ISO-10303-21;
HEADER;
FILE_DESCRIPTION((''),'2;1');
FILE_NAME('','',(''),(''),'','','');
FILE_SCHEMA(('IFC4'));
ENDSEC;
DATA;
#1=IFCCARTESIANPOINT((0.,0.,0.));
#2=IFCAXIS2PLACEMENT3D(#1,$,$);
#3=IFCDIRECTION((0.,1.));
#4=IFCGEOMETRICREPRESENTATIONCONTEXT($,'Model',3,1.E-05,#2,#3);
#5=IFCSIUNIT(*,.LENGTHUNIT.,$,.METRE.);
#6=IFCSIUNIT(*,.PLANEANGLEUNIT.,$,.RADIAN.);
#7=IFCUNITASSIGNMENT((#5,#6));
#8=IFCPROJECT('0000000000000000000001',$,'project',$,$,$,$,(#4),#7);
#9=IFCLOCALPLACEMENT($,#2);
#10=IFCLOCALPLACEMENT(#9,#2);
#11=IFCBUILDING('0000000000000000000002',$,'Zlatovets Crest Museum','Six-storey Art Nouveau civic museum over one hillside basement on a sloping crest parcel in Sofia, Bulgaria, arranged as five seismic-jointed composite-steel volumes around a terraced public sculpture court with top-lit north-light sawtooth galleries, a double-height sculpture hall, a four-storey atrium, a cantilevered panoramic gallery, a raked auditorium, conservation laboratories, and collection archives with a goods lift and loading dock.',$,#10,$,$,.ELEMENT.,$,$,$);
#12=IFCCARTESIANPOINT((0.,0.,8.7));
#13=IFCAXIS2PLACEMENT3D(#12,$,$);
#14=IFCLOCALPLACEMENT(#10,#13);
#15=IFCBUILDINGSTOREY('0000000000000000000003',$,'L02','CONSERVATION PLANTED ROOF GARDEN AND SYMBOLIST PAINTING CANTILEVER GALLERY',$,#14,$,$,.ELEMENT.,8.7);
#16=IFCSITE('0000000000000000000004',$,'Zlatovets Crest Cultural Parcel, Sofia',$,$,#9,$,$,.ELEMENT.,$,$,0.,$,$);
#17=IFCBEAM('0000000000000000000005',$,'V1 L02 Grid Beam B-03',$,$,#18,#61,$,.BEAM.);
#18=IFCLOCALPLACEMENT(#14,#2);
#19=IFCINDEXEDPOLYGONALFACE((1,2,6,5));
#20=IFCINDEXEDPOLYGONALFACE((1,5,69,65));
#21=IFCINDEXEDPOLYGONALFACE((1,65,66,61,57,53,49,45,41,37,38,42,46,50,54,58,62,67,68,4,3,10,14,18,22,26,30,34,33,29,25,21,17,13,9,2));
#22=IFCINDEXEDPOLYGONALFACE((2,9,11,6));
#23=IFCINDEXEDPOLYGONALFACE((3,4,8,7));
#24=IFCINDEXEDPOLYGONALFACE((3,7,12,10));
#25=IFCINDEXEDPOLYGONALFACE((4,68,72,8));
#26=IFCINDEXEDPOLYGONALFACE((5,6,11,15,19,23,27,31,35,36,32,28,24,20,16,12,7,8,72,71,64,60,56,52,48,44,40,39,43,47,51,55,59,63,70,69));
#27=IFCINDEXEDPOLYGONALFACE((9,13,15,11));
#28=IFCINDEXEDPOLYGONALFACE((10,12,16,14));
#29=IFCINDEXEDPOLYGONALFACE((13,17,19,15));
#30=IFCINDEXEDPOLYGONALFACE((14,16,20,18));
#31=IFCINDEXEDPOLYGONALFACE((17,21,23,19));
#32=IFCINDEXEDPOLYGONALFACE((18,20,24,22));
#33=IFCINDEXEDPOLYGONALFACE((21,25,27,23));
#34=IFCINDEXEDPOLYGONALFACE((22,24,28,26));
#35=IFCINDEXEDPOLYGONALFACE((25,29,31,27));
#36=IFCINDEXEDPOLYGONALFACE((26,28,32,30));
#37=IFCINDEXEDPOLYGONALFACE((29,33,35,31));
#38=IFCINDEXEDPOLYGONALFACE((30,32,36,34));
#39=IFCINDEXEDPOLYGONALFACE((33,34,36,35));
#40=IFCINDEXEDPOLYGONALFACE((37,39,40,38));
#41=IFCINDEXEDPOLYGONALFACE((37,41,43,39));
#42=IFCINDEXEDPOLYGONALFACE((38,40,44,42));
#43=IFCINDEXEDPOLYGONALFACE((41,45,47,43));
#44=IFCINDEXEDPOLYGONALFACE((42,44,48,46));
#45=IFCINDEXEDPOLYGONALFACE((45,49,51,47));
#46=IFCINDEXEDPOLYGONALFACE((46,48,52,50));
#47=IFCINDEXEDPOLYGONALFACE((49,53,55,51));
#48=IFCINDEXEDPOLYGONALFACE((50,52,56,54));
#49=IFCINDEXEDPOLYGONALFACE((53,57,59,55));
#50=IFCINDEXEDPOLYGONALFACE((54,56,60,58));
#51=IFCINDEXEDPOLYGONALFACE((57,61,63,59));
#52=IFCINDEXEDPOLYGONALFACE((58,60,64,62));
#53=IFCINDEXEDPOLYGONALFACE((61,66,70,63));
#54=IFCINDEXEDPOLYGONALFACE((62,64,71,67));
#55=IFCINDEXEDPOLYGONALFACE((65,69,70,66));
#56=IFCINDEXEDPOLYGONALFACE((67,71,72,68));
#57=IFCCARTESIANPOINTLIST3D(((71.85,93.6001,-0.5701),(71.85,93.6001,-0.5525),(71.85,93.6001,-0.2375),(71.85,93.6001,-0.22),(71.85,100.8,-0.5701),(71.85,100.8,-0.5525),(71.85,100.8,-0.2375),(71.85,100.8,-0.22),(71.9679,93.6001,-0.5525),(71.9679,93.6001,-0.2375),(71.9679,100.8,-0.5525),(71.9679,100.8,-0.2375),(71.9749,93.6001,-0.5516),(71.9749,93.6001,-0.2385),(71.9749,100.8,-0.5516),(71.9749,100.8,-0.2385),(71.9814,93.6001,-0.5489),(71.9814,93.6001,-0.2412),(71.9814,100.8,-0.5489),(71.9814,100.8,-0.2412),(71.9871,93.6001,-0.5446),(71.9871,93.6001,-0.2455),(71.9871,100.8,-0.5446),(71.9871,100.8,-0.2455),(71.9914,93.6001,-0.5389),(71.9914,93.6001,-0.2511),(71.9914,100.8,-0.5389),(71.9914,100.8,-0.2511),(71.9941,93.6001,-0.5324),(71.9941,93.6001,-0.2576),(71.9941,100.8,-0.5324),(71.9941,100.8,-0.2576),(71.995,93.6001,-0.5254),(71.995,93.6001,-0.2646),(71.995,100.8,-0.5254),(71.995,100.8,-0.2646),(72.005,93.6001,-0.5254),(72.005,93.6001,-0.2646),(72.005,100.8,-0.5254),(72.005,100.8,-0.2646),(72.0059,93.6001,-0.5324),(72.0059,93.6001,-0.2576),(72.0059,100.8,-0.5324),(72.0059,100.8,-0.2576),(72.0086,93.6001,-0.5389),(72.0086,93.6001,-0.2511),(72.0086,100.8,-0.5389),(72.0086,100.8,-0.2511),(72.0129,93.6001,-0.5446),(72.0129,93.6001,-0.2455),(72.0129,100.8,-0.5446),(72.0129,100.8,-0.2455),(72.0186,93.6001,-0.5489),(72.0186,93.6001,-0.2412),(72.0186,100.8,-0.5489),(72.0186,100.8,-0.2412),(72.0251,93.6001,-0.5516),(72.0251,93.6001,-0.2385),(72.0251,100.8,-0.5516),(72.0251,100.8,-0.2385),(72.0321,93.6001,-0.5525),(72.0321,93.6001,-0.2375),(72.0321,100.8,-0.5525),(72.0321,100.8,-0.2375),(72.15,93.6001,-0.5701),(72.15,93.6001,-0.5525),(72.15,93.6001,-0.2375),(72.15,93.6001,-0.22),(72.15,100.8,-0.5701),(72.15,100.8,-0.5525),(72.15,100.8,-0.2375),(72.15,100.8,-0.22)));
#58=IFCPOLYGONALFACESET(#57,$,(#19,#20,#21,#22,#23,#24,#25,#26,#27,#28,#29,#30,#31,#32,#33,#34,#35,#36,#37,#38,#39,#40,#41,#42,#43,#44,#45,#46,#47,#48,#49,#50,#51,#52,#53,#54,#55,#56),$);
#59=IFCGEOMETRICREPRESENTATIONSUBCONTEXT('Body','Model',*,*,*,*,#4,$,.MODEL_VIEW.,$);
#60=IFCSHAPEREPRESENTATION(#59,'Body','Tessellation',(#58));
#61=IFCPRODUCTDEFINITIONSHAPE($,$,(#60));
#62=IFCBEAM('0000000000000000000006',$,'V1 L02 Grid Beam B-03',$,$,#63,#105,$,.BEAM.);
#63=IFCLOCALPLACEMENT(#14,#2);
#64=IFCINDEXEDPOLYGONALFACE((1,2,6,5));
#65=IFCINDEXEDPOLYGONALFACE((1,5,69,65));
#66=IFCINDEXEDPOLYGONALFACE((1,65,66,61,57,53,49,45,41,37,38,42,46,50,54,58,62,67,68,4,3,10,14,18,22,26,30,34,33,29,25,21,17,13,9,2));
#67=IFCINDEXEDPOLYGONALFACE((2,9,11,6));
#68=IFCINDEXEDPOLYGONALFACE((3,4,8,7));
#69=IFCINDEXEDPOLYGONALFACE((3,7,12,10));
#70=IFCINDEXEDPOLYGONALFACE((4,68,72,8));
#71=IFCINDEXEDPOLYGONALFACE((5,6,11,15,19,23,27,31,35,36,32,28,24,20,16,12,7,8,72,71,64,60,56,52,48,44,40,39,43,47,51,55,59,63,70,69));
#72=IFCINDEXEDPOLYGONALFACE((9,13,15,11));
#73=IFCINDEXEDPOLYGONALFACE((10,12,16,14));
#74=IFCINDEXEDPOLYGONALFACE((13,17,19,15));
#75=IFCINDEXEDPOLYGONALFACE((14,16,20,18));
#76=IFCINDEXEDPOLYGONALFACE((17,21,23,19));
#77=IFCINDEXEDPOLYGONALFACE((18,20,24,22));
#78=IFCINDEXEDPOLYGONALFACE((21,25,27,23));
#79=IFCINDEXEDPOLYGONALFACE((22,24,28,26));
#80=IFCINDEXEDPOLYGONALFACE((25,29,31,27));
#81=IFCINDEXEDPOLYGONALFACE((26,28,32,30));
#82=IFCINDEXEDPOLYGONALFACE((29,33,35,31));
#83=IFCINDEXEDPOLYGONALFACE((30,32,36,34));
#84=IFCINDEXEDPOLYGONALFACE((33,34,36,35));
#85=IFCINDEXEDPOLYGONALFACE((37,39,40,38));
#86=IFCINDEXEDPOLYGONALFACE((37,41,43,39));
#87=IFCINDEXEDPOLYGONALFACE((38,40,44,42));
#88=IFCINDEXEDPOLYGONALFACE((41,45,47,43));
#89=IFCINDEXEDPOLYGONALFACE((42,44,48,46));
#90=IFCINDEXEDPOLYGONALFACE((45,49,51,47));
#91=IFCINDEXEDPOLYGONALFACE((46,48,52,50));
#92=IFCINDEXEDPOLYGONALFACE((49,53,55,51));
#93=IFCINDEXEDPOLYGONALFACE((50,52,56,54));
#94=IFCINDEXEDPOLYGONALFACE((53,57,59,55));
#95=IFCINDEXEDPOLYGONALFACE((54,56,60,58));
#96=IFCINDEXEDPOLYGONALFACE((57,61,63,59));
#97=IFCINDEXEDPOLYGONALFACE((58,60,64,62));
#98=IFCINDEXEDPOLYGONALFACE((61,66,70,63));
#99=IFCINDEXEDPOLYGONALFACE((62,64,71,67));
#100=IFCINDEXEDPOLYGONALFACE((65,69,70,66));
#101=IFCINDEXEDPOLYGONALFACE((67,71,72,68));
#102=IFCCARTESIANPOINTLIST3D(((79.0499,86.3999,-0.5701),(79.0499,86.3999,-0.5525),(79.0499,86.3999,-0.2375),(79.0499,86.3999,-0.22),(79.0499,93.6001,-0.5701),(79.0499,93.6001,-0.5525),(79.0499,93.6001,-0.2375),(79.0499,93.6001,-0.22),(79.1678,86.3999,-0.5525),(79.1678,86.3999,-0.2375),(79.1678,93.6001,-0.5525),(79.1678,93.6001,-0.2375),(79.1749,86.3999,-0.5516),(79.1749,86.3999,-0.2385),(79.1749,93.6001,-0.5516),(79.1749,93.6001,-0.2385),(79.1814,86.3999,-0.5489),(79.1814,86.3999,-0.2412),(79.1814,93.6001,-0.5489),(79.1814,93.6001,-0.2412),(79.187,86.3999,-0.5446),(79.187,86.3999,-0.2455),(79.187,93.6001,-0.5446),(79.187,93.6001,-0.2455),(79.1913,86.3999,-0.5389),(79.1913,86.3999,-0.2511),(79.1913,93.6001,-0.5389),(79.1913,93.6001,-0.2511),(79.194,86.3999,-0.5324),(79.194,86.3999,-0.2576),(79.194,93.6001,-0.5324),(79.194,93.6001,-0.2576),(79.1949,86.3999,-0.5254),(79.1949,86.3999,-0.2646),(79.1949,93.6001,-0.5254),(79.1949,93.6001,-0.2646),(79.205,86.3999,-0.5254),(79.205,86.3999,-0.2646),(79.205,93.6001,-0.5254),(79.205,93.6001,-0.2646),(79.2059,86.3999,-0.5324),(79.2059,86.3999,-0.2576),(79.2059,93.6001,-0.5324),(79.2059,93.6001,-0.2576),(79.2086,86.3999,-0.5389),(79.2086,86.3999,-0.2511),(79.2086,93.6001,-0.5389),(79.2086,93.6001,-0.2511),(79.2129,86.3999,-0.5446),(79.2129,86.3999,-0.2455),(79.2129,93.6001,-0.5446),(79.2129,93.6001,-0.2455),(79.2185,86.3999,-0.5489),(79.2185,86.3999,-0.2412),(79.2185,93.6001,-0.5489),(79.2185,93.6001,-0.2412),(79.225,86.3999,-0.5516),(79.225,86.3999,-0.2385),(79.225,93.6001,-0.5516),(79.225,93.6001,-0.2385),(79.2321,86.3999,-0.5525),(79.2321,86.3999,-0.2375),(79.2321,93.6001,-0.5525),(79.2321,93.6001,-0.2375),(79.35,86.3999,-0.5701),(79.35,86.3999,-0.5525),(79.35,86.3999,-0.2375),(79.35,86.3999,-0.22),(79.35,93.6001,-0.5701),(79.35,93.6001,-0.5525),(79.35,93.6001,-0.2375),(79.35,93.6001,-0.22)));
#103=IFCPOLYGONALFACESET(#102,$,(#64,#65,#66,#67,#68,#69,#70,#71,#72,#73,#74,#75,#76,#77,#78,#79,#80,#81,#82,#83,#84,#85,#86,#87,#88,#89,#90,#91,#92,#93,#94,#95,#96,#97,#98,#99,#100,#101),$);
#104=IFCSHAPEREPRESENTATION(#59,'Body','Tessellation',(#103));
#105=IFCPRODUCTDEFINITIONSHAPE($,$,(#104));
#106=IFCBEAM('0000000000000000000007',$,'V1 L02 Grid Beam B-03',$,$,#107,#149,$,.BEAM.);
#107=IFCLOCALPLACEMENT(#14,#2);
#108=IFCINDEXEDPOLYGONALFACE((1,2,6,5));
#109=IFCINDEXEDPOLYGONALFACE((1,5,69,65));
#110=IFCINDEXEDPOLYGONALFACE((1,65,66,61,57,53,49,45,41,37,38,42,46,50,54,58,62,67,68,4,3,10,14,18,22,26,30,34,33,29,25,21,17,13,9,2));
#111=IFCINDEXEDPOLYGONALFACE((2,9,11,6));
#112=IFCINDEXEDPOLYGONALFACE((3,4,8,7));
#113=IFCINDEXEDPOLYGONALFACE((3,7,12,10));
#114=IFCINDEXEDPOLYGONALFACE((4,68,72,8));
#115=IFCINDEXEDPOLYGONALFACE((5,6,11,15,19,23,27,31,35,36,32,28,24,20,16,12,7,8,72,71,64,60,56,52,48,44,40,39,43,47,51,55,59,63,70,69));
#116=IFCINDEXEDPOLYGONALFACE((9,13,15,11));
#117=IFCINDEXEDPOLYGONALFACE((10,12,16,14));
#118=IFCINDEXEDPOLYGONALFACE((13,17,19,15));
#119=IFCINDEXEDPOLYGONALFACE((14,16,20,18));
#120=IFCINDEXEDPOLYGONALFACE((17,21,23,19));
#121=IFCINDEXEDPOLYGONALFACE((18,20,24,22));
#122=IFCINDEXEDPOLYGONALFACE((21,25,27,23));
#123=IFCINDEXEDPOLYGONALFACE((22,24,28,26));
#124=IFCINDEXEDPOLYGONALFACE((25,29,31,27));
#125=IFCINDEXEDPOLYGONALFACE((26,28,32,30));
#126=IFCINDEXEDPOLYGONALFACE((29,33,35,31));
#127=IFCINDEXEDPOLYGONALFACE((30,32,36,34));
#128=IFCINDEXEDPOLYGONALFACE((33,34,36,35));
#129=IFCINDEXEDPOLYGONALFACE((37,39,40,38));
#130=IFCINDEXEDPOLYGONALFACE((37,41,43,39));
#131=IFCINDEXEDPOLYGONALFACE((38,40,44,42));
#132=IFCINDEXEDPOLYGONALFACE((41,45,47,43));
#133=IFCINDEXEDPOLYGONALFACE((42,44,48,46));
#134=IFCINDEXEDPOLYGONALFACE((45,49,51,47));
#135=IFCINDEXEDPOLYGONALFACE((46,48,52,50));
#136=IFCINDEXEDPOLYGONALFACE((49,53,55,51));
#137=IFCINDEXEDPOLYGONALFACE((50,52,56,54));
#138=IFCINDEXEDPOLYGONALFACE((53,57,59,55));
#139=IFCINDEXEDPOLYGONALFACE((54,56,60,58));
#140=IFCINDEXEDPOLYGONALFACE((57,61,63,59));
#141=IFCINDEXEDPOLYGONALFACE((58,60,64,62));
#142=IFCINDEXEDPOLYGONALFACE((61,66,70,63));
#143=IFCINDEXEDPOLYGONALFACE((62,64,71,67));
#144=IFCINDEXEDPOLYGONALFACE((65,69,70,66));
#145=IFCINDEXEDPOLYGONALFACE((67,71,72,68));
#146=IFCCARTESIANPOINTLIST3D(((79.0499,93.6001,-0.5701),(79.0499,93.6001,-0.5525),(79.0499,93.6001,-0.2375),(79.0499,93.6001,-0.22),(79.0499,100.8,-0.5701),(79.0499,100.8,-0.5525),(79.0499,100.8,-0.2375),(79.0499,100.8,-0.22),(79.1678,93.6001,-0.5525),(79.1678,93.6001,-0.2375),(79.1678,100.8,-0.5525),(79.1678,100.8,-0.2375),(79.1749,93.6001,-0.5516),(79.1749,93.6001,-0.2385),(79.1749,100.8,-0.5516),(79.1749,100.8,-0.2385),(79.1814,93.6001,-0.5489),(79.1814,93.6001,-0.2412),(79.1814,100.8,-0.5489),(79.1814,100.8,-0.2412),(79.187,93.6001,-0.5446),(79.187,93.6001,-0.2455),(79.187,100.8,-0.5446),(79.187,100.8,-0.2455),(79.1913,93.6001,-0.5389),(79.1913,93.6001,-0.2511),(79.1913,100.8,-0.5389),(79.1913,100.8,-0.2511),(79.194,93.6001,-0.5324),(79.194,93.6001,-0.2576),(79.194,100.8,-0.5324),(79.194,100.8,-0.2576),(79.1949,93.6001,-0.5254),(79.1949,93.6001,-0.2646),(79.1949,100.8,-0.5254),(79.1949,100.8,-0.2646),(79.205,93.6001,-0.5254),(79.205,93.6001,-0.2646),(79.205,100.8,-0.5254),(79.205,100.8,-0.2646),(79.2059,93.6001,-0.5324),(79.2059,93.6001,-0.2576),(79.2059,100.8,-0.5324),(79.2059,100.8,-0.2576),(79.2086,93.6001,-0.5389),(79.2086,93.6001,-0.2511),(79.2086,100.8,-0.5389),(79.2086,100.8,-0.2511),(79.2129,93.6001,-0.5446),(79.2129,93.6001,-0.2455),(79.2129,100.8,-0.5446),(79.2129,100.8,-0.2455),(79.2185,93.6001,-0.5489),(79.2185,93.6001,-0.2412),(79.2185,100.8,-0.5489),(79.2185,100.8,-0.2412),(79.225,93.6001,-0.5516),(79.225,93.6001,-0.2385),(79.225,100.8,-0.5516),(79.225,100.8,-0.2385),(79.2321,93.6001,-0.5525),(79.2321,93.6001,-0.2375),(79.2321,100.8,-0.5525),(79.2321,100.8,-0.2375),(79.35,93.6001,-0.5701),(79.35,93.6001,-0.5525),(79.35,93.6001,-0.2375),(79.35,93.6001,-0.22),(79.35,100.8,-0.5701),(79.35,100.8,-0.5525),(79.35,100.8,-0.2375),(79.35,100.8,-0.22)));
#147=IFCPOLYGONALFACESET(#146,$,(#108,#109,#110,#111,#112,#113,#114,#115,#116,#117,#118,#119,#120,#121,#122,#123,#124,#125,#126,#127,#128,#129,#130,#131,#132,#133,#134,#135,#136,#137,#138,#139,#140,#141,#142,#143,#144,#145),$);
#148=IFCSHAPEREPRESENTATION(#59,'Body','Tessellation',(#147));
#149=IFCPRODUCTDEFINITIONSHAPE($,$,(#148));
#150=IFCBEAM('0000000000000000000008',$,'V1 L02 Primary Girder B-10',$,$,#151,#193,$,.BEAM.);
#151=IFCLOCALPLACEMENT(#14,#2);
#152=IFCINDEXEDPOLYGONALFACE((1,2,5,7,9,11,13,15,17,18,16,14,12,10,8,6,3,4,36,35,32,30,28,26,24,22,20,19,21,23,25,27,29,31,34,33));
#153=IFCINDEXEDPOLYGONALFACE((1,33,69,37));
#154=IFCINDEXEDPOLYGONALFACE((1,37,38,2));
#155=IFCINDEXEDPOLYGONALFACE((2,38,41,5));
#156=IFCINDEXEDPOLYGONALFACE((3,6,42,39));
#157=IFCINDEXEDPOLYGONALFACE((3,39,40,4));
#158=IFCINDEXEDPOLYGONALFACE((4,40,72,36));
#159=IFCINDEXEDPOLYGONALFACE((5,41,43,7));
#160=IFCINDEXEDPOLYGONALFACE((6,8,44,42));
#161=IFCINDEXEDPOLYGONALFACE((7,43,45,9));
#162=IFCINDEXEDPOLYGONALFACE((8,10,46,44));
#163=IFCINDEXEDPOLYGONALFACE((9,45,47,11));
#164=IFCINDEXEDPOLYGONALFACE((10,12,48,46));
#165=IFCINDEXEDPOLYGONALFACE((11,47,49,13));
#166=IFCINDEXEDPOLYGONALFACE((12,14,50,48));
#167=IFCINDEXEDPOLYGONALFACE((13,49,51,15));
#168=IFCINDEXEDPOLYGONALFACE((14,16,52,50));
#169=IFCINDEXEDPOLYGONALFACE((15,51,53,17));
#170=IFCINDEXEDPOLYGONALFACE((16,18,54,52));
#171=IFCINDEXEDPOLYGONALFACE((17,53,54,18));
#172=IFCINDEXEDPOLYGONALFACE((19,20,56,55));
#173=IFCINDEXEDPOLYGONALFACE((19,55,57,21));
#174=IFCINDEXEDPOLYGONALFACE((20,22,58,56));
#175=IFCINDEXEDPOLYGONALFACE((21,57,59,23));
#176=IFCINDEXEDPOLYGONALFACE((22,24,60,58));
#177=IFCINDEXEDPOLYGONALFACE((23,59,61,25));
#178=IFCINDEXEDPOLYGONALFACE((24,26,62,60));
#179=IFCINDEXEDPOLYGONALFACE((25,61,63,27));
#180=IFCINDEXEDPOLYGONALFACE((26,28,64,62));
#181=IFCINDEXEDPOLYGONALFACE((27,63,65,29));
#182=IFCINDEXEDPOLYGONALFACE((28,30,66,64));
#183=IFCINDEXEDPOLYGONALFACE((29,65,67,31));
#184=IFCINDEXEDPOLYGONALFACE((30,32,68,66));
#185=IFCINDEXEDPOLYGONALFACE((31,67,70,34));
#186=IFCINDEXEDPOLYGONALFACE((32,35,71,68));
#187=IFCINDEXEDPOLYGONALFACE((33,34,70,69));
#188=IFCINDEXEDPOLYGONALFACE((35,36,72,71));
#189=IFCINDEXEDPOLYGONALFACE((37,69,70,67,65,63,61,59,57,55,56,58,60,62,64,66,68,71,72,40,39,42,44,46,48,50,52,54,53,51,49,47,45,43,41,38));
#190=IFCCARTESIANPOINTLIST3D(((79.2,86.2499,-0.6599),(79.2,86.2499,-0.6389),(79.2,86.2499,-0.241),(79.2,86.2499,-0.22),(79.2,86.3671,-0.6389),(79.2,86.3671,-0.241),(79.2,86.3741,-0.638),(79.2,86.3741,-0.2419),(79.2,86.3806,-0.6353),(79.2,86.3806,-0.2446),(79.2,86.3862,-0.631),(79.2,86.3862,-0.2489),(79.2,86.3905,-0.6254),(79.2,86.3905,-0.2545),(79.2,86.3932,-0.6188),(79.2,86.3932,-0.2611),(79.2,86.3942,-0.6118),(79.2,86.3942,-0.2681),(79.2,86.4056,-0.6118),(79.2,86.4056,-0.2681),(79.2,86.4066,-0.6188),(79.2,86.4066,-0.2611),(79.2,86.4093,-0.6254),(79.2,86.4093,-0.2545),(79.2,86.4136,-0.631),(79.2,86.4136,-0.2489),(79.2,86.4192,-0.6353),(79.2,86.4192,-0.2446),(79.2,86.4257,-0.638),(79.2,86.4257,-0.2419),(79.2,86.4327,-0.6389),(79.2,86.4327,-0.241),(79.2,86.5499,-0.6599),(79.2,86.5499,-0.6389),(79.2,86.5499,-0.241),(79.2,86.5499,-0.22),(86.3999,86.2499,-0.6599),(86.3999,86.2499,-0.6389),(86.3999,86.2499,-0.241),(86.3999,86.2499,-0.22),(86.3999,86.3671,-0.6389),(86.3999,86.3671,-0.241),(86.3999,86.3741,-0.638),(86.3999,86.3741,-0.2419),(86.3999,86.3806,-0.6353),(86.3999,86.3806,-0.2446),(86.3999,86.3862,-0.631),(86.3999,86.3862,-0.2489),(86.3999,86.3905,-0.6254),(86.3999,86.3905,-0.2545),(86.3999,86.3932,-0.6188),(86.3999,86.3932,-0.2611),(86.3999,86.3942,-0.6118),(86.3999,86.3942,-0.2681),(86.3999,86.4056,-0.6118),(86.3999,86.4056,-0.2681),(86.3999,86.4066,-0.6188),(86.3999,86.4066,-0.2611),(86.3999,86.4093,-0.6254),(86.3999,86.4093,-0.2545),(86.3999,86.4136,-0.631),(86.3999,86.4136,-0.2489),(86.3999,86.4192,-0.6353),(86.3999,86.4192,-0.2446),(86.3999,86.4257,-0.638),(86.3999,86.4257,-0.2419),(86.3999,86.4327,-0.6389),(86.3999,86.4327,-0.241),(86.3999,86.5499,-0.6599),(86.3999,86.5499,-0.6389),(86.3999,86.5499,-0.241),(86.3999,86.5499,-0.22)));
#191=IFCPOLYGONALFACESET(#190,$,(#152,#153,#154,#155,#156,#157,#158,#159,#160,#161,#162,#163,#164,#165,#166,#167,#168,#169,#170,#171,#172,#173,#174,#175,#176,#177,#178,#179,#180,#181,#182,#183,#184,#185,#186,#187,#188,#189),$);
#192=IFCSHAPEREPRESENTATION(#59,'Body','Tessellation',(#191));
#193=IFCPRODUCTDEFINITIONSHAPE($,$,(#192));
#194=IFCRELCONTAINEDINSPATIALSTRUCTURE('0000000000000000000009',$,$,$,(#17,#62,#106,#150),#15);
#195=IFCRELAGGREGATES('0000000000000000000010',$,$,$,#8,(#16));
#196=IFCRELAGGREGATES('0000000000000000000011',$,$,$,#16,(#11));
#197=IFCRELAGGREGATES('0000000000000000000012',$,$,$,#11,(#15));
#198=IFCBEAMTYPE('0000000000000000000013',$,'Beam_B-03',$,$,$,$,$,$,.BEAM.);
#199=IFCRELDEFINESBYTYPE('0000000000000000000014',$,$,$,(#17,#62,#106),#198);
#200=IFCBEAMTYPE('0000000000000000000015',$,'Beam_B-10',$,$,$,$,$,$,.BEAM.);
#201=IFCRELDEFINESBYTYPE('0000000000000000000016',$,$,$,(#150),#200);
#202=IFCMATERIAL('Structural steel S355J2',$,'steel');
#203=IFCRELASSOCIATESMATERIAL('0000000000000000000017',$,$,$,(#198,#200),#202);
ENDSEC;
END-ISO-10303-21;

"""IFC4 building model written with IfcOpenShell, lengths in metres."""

from ifc_helpers import new_model, si_unit, direction, frame, origin, origin_2d, place, context, subcontext, project, spatial, i_section, extrude, material, material_profile, profile_set, type_object, element, save


model = new_model("IFC4")

# Units and contexts
model_context = context("Model", 3, precision=1e-05, world=origin(), true_north=direction((0.0, 1.0)))
body_context = subcontext(model_context, "Body", "Model", "MODEL_VIEW")
ifc_project = project(units=[si_unit("LENGTHUNIT", "METRE"), si_unit("PLANEANGLEUNIT", "RADIAN")], contexts=[model_context])

# Site, building, storey
site_placement = place(None, origin())
site = spatial("IfcSite", under=ifc_project, at=site_placement, Name="Zlatovets Crest Cultural Parcel, Sofia", CompositionType="ELEMENT", RefElevation=0.0)
building_placement = place(site_placement, origin())
building = spatial("IfcBuilding", under=site, at=building_placement, Name="Zlatovets Crest Museum", Description="Six-storey Art Nouveau civic museum over one hillside basement on a sloping crest parcel in Sofia, Bulgaria, arranged as five seismic-jointed composite-steel volumes around a terraced public sculpture court with top-lit north-light sawtooth galleries, a double-height sculpture hall, a four-storey atrium, a cantilevered panoramic gallery, a raked auditorium, conservation laboratories, and collection archives with a goods lift and loading dock.", CompositionType="ELEMENT")
storey_placement = place(building_placement, frame((0.0, 0.0, 8.7)))
storey = spatial("IfcBuildingStorey", under=building, at=storey_placement, Name="L02", Description="CONSERVATION PLANTED ROOF GARDEN AND SYMBOLIST PAINTING CANTILEVER GALLERY", CompositionType="ELEMENT", Elevation=8.7)

# Shared definitions
ifc_material = material(Name="Structural steel S355J2", Category="steel")

# Beams
ifc_material_profile_1 = material_profile(ifc_material, i_section(OverallWidth=0.3, OverallDepth=0.3501, WebThickness=0.01, FlangeThickness=0.0176, FilletRadius=0.0271, at=origin_2d()), Name="HEA 360")
ifc_profile_set_1 = profile_set([ifc_material_profile_1], Name="Structural steel S355J2")
beam_type_1 = type_object("IfcBeamType", Name="Beam_B-03", PredefinedType="BEAM", material=ifc_profile_set_1)
beam_1_placement = place(storey_placement, frame((72.0, 93.6001, -0.395), z_axis=(0.0, 1.0, 0.0), x_axis=(-1.0, 0.0, 0.0)))
element("IfcBeam", 1, at=beam_1_placement, inside=storey, type_object=beam_type_1, Name="V1 L02 Grid Beam B-03", PredefinedType="BEAM", context=body_context, shape_type="SweptSolid", body=[
    extrude(i_section(OverallWidth=0.3, OverallDepth=0.3501, WebThickness=0.01, FlangeThickness=0.0176, FilletRadius=0.0271, at=origin_2d()), origin(), (0.0, 0.0, 1.0), 7.2),
])
beam_2_placement = place(storey_placement, frame((79.2, 86.3999, -0.395), z_axis=(0.0, 1.0, 0.0), x_axis=(-1.0, 0.0, 0.0)))
element("IfcBeam", 2, at=beam_2_placement, inside=storey, type_object=beam_type_1, Name="V1 L02 Grid Beam B-03", PredefinedType="BEAM", context=body_context, shape_type="SweptSolid", body=[
    extrude(i_section(OverallWidth=0.3, OverallDepth=0.3501, WebThickness=0.01, FlangeThickness=0.0176, FilletRadius=0.0271, at=origin_2d()), origin(), (0.0, 0.0, 1.0), 7.2002),
])
beam_3_placement = place(storey_placement, frame((79.2, 93.6001, -0.395), z_axis=(0.0, 1.0, 0.0), x_axis=(-1.0, 0.0, 0.0)))
element("IfcBeam", 3, at=beam_3_placement, inside=storey, type_object=beam_type_1, Name="V1 L02 Grid Beam B-03", PredefinedType="BEAM", context=body_context, shape_type="SweptSolid", body=[
    extrude(i_section(OverallWidth=0.3, OverallDepth=0.3501, WebThickness=0.01, FlangeThickness=0.0176, FilletRadius=0.0271, at=origin_2d()), origin(), (0.0, 0.0, 1.0), 7.2),
])
ifc_material_profile_2 = material_profile(ifc_material, i_section(OverallWidth=0.3, OverallDepth=0.4399, WebThickness=0.0115, FlangeThickness=0.021, FilletRadius=0.0271, at=origin_2d()), Name="HEA 450")
ifc_profile_set_2 = profile_set([ifc_material_profile_2], Name="Structural steel S355J2")
beam_type_2 = type_object("IfcBeamType", Name="Beam_B-10", PredefinedType="BEAM", material=ifc_profile_set_2)
for number, where, z_axis, x_axis, name in (
    (4, (79.2, 86.3999, -0.4399), (1.0, 0.0, 0.0), (0.0, 1.0, 0.0), "V1 L02 Primary Girder B-10"),
):
    element("IfcBeam", number, at=place(storey_placement, frame(where, z_axis=z_axis, x_axis=x_axis)), inside=storey, type_object=beam_type_2, Name=name, PredefinedType="BEAM", context=body_context, shape_type="SweptSolid", body=[
        extrude(i_section(OverallWidth=0.3, OverallDepth=0.4399, WebThickness=0.0115, FlangeThickness=0.021, FilletRadius=0.0271, at=origin_2d()), origin(), (0.0, 0.0, 1.0), 7.2),
    ])

save(model, "model.ifc")
